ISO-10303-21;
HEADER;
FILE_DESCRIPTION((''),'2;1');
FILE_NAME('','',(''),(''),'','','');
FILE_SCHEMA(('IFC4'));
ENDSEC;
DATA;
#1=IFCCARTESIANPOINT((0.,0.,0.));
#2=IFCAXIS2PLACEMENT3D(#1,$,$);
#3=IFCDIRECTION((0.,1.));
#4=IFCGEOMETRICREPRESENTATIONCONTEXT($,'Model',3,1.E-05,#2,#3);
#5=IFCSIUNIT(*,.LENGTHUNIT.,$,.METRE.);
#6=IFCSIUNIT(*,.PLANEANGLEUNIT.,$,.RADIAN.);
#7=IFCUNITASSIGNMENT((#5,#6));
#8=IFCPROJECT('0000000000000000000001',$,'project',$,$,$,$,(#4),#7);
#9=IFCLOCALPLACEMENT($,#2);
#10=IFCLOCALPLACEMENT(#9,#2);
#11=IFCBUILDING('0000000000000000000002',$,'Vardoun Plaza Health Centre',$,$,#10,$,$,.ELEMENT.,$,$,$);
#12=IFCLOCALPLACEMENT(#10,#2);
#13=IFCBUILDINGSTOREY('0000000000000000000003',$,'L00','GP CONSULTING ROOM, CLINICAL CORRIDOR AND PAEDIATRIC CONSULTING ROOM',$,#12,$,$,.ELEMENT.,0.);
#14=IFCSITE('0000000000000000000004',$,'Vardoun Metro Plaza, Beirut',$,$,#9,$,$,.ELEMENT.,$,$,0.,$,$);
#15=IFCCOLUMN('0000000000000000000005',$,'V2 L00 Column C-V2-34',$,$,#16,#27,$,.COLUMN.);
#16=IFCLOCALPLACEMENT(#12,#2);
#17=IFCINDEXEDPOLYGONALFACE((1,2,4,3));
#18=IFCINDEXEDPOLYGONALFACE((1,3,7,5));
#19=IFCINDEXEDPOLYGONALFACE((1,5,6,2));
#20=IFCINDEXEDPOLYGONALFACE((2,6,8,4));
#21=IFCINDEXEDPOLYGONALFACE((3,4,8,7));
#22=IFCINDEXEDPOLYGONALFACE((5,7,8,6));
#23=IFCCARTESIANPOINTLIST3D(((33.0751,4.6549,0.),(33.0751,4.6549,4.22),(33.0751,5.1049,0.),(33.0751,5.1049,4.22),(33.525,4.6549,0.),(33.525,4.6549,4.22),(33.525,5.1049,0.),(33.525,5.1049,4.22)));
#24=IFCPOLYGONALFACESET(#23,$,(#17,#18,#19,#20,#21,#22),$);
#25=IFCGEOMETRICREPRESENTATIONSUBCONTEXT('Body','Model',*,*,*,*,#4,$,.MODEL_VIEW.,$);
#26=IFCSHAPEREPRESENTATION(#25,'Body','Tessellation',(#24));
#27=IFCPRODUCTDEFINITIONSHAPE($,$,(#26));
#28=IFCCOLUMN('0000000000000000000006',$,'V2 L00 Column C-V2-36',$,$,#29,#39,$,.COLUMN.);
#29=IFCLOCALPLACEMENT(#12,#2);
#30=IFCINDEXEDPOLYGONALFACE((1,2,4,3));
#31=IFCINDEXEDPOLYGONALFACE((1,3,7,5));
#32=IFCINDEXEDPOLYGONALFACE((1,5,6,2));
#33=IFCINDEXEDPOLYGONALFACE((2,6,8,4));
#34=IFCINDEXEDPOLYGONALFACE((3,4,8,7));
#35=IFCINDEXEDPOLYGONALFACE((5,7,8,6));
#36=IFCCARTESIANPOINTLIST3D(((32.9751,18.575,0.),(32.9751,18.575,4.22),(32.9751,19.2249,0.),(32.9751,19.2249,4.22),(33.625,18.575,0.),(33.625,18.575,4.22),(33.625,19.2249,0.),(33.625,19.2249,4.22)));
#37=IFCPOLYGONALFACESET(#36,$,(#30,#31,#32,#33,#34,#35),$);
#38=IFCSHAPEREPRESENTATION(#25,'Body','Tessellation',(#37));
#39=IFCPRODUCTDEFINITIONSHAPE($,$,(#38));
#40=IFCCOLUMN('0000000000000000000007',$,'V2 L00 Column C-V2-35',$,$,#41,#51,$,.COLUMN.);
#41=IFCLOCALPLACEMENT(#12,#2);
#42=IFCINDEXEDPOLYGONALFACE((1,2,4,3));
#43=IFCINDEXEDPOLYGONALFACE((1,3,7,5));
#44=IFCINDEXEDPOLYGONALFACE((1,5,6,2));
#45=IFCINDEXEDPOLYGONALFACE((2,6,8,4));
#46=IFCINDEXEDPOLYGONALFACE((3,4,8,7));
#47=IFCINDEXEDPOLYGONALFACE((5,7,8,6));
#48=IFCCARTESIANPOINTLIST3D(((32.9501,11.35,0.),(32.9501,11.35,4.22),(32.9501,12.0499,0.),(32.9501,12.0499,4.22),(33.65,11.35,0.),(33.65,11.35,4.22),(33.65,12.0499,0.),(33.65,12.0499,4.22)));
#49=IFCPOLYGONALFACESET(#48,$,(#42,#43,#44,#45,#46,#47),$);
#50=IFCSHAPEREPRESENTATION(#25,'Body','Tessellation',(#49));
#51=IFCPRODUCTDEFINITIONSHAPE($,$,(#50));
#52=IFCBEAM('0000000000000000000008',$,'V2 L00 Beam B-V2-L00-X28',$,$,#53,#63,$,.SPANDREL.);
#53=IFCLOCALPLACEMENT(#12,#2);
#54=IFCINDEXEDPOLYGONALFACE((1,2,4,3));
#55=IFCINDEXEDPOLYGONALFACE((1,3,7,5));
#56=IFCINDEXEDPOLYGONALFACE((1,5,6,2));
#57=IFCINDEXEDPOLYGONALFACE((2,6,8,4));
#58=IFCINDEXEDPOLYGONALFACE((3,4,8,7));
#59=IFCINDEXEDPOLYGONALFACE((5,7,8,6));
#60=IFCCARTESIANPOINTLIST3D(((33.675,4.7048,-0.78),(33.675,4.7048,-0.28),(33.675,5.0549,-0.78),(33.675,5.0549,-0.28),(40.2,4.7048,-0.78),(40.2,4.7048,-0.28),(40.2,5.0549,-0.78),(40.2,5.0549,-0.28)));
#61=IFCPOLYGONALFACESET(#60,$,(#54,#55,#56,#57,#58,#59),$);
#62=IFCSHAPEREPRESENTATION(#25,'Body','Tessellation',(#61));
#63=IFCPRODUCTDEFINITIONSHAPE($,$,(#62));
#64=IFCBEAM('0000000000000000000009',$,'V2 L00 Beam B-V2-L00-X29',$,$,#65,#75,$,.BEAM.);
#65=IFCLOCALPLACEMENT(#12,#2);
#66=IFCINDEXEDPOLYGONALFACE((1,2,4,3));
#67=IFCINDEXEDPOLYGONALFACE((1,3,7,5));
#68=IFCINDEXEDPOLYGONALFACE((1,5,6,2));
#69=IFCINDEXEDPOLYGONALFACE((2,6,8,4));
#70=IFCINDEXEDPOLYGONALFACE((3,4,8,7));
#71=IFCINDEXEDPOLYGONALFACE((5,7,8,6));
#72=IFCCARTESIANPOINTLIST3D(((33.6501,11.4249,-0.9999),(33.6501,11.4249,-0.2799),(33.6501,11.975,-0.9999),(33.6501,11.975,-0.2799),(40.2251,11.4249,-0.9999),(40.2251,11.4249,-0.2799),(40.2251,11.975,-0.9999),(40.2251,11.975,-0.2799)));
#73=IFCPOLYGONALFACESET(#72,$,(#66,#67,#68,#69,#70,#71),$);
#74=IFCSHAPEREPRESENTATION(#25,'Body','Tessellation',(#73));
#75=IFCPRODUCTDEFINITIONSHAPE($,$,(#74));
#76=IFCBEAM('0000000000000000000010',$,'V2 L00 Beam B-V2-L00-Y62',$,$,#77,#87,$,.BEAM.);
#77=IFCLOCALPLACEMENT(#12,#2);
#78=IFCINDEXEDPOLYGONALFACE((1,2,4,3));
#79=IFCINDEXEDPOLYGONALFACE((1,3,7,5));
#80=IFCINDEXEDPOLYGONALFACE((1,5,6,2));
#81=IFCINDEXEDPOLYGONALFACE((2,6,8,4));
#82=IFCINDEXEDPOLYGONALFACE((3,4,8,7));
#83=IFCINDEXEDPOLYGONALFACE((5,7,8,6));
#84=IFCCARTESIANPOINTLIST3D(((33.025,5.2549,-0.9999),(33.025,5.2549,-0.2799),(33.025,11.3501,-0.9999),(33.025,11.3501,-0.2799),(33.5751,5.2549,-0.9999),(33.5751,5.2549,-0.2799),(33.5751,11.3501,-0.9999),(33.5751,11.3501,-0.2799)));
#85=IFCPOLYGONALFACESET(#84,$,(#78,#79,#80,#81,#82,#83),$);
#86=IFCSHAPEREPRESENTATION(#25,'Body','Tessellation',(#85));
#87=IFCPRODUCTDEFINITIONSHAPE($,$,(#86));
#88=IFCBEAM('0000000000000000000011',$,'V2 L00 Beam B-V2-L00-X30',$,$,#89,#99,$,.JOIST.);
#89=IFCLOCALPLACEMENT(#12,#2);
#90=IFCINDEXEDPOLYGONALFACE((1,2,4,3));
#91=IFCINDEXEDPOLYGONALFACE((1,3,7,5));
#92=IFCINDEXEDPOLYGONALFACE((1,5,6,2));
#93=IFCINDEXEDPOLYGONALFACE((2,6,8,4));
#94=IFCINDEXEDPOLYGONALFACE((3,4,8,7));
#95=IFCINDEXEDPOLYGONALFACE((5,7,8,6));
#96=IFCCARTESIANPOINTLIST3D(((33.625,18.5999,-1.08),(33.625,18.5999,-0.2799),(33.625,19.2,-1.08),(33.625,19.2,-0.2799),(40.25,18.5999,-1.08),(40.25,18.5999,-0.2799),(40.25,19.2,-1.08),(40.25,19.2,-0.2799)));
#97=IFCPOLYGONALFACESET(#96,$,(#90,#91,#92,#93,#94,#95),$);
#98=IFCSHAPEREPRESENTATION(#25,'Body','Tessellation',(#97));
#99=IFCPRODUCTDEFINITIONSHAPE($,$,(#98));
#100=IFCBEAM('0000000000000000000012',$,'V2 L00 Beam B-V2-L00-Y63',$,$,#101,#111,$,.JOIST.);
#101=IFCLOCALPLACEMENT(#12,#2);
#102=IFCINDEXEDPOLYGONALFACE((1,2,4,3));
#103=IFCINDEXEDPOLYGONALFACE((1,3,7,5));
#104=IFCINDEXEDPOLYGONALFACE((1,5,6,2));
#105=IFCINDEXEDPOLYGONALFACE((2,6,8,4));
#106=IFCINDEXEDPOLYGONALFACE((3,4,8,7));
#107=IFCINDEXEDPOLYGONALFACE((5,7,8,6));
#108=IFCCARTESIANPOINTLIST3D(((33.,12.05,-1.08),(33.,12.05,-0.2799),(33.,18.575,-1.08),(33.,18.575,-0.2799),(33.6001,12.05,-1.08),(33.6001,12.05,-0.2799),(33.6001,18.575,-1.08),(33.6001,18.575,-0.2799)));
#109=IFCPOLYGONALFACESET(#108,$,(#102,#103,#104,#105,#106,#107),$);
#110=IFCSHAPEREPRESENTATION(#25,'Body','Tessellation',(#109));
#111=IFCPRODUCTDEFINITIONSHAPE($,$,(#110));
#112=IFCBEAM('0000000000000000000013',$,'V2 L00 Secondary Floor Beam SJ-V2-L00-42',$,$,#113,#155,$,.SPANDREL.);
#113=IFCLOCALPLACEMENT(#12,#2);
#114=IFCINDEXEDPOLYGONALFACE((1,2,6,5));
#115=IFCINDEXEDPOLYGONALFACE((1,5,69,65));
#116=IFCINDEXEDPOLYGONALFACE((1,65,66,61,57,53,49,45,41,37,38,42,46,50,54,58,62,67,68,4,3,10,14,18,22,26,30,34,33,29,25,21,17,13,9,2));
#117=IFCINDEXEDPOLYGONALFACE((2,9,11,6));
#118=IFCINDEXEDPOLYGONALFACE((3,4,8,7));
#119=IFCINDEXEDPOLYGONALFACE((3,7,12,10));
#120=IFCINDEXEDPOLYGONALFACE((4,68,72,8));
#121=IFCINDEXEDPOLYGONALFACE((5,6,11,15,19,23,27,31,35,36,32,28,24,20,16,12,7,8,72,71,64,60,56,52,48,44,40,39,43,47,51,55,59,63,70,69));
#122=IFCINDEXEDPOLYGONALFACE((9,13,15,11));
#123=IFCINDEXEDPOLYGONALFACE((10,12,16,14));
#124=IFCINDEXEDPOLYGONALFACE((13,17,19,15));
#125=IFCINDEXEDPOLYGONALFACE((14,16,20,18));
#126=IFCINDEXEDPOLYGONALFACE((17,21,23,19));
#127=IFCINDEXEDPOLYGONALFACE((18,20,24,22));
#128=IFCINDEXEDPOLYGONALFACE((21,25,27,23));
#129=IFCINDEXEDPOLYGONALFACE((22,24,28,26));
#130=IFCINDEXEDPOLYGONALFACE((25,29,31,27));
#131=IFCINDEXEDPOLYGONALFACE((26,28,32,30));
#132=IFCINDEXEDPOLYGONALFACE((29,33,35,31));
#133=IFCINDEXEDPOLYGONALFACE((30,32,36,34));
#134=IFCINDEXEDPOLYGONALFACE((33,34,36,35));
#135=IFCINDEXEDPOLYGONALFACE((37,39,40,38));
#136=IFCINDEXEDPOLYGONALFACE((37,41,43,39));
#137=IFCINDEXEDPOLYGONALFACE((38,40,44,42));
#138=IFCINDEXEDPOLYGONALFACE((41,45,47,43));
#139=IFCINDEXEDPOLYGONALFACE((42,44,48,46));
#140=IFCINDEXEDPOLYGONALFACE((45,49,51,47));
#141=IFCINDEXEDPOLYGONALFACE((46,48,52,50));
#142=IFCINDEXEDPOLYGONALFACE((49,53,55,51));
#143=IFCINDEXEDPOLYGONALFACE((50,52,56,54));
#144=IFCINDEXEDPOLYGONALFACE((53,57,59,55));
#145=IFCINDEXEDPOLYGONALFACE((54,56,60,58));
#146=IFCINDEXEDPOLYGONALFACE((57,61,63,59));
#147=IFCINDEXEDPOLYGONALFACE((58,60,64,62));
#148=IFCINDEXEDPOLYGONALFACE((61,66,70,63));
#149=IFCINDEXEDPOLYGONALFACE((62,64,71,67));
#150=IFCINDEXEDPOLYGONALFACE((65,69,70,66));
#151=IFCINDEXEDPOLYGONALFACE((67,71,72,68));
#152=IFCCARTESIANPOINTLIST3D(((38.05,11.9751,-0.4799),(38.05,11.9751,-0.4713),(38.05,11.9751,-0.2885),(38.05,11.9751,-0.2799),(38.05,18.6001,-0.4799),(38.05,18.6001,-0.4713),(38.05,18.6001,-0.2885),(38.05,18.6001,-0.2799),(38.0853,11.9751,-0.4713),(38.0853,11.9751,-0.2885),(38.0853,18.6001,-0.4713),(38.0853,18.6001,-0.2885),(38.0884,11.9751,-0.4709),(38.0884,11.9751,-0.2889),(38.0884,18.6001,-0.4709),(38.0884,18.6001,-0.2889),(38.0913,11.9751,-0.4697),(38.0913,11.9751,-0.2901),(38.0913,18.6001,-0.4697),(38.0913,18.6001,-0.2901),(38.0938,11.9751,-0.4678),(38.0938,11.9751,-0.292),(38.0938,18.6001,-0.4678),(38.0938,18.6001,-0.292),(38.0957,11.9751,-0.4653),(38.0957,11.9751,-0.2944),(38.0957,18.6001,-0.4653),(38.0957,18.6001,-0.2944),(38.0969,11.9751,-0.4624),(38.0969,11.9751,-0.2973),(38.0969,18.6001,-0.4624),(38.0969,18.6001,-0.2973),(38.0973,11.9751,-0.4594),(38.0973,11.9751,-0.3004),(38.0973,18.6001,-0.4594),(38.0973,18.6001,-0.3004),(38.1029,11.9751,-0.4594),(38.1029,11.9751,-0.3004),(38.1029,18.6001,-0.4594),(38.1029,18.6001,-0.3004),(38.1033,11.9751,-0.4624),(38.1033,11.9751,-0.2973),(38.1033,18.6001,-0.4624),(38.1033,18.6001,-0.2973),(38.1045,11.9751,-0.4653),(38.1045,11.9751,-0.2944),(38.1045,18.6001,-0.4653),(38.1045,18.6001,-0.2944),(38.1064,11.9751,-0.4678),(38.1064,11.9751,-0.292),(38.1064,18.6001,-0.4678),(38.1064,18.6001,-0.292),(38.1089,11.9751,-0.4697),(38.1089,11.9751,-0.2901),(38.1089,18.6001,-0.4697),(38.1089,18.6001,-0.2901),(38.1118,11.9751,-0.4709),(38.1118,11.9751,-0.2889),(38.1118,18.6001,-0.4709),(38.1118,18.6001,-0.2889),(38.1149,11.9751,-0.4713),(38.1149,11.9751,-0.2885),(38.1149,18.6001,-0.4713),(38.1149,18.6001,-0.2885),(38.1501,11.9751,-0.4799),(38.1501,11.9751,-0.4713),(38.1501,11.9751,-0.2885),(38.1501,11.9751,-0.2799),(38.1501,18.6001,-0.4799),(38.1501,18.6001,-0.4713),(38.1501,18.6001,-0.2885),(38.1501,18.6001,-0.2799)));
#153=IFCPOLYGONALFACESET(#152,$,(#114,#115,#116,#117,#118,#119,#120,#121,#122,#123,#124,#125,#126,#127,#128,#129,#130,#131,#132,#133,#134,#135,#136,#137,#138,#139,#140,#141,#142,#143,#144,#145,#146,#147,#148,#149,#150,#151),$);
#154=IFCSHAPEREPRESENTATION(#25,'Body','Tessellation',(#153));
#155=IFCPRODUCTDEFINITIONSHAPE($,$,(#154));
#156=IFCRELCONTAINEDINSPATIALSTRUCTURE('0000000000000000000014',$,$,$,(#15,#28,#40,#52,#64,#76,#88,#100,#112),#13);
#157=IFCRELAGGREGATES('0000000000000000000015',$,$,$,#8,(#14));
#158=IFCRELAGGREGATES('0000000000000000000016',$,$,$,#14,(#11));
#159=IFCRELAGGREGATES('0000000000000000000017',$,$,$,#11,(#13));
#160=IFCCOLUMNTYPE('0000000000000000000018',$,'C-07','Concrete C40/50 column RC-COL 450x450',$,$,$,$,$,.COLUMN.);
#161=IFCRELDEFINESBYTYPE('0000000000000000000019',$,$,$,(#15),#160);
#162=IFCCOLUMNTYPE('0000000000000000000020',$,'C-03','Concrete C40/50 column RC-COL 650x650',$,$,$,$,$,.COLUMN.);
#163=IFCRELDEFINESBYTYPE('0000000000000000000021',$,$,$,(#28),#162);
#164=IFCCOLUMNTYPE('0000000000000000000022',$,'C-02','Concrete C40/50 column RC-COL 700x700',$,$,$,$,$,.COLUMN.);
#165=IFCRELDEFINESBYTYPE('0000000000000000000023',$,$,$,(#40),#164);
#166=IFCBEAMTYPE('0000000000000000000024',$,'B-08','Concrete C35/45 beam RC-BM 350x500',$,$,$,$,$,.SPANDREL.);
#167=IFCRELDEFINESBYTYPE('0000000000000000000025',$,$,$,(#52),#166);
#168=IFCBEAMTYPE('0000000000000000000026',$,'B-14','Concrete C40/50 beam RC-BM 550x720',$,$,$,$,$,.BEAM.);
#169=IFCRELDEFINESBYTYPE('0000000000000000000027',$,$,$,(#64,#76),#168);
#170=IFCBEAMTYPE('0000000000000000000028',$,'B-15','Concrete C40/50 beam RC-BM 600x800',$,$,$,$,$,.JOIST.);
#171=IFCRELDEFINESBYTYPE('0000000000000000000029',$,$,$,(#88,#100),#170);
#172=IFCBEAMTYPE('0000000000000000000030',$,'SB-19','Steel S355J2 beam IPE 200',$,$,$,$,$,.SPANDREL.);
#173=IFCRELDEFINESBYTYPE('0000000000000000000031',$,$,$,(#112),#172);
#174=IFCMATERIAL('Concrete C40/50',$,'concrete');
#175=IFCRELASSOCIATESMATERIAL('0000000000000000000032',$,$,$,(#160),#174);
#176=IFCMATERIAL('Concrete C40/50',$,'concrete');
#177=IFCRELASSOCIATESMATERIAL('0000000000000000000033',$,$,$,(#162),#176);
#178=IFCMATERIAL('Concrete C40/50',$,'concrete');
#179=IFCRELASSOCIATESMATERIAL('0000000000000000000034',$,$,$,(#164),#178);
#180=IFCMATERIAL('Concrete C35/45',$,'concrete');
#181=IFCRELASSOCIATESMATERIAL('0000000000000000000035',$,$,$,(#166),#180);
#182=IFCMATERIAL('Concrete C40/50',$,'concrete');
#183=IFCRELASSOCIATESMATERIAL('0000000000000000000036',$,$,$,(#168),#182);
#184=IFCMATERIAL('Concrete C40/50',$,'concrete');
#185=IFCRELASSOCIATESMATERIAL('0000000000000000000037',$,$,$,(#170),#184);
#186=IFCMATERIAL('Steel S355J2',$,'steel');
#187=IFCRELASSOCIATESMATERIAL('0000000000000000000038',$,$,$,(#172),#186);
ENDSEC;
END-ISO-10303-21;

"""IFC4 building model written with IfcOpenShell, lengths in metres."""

from ifc_helpers import new_model, si_unit, direction, frame, origin, origin_2d, place, context, subcontext, project, spatial, rectangle, i_section, extrude, material, material_profile, profile_set, type_object, element, save


model = new_model("IFC4")

# Units and contexts
model_context = context("Model", 3, precision=1e-05, world=origin(), true_north=direction((0.0, 1.0)))
body_context = subcontext(model_context, "Body", "Model", "MODEL_VIEW")
ifc_project = project(units=[si_unit("LENGTHUNIT", "METRE"), si_unit("PLANEANGLEUNIT", "RADIAN")], contexts=[model_context])

# Site, building, storey
site_placement = place(None, origin())
site = spatial("IfcSite", under=ifc_project, at=site_placement, Name="Vardoun Metro Plaza, Beirut", CompositionType="ELEMENT", RefElevation=0.0)
building_placement = place(site_placement, origin())
building = spatial("IfcBuilding", under=site, at=building_placement, Name="Vardoun Plaza Health Centre", CompositionType="ELEMENT")
storey_placement = place(building_placement, origin())
storey = spatial("IfcBuildingStorey", under=building, at=storey_placement, Name="L00", Description="GP CONSULTING ROOM, CLINICAL CORRIDOR AND PAEDIATRIC CONSULTING ROOM", CompositionType="ELEMENT", Elevation=0.0)

# Columns
ifc_material_1 = material(Name="Concrete C40/50", Category="concrete")
ifc_material_profile_1 = material_profile(ifc_material_1, rectangle(XDim=0.45, YDim=0.45, at=origin_2d()), Name="RC-COL 450x450")
ifc_profile_set_1 = profile_set([ifc_material_profile_1], Name="Concrete C40/50")
column_type_1 = type_object("IfcColumnType", Name="C-07", Description="Concrete C40/50 column RC-COL 450x450", PredefinedType="COLUMN", material=ifc_profile_set_1)
column_1_placement = place(storey_placement, frame((33.3, 4.8799, 0.0), z_axis=(0.0, 0.0, 1.0), x_axis=(1.0, 0.0, 0.0)))
element("IfcColumn", 1, at=column_1_placement, inside=storey, type_object=column_type_1, Name="V2 L00 Column C-V2-34", PredefinedType="COLUMN", context=body_context, shape_type="SweptSolid", body=[
    extrude(rectangle(XDim=0.45, YDim=0.45, at=origin_2d()), origin(), (0.0, 0.0, 1.0), 4.22),
])
ifc_material_2 = material(Name="Concrete C40/50", Category="concrete")
ifc_material_profile_2 = material_profile(ifc_material_2, rectangle(XDim=0.6499, YDim=0.6499, at=origin_2d()), Name="RC-COL 650x650")
ifc_profile_set_2 = profile_set([ifc_material_profile_2], Name="Concrete C40/50")
column_type_2 = type_object("IfcColumnType", Name="C-03", Description="Concrete C40/50 column RC-COL 650x650", PredefinedType="COLUMN", material=ifc_profile_set_2)
column_2_placement = place(storey_placement, frame((33.3, 18.8999, 0.0), z_axis=(0.0, 0.0, 1.0), x_axis=(1.0, 0.0, 0.0)))
element("IfcColumn", 2, at=column_2_placement, inside=storey, type_object=column_type_2, Name="V2 L00 Column C-V2-36", PredefinedType="COLUMN", context=body_context, shape_type="SweptSolid", body=[
    extrude(rectangle(XDim=0.6499, YDim=0.6499, at=origin_2d()), origin(), (0.0, 0.0, 1.0), 4.22),
])
ifc_material_3 = material(Name="Concrete C40/50", Category="concrete")
ifc_material_profile_3 = material_profile(ifc_material_3, rectangle(XDim=0.7, YDim=0.7, at=origin_2d()), Name="RC-COL 700x700")
ifc_profile_set_3 = profile_set([ifc_material_profile_3], Name="Concrete C40/50")
column_type_3 = type_object("IfcColumnType", Name="C-02", Description="Concrete C40/50 column RC-COL 700x700", PredefinedType="COLUMN", material=ifc_profile_set_3)
column_3_placement = place(storey_placement, frame((33.3, 11.7, 0.0), z_axis=(0.0, 0.0, 1.0), x_axis=(1.0, 0.0, 0.0)))
element("IfcColumn", 3, at=column_3_placement, inside=storey, type_object=column_type_3, Name="V2 L00 Column C-V2-35", PredefinedType="COLUMN", context=body_context, shape_type="SweptSolid", body=[
    extrude(rectangle(XDim=0.7, YDim=0.7, at=origin_2d()), origin(), (0.0, 0.0, 1.0), 4.22),
])

# Beams
ifc_material_4 = material(Name="Concrete C35/45", Category="concrete")
ifc_material_profile_4 = material_profile(ifc_material_4, rectangle(XDim=0.3501, YDim=0.5, at=origin_2d()), Name="RC-BM 350x500")
ifc_profile_set_4 = profile_set([ifc_material_profile_4], Name="Concrete C35/45")
beam_type_1 = type_object("IfcBeamType", Name="B-08", Description="Concrete C35/45 beam RC-BM 350x500", PredefinedType="SPANDREL", material=ifc_profile_set_4)
beam_1_placement = place(storey_placement, frame((33.675, 4.8799, -0.53), z_axis=(1.0, 0.0, 0.0), x_axis=(0.0, 1.0, 0.0)))
element("IfcBeam", 4, at=beam_1_placement, inside=storey, type_object=beam_type_1, Name="V2 L00 Beam B-V2-L00-X28", PredefinedType="SPANDREL", context=body_context, shape_type="SweptSolid", body=[
    extrude(rectangle(XDim=0.3501, YDim=0.5, at=origin_2d()), origin(), (0.0, 0.0, 1.0), 6.5249),
])
ifc_material_5 = material(Name="Concrete C40/50", Category="concrete")
ifc_material_profile_5 = material_profile(ifc_material_5, rectangle(XDim=0.55, YDim=0.72, at=origin_2d()), Name="RC-BM 550x720")
ifc_profile_set_5 = profile_set([ifc_material_profile_5], Name="Concrete C40/50")
beam_type_2 = type_object("IfcBeamType", Name="B-14", Description="Concrete C40/50 beam RC-BM 550x720", PredefinedType="BEAM", material=ifc_profile_set_5)
beam_2_placement = place(storey_placement, frame((33.6501, 11.7, -0.6399), z_axis=(1.0, 0.0, 0.0), x_axis=(0.0, 1.0, 0.0)))
element("IfcBeam", 5, at=beam_2_placement, inside=storey, type_object=beam_type_2, Name="V2 L00 Beam B-V2-L00-X29", PredefinedType="BEAM", context=body_context, shape_type="SweptSolid", body=[
    extrude(rectangle(XDim=0.55, YDim=0.72, at=origin_2d()), origin(), (0.0, 0.0, 1.0), 6.575),
])
beam_3_placement = place(storey_placement, frame((33.3, 5.2549, -0.6399), z_axis=(0.0, 1.0, 0.0), x_axis=(-1.0, 0.0, 0.0)))
element("IfcBeam", 6, at=beam_3_placement, inside=storey, type_object=beam_type_2, Name="V2 L00 Beam B-V2-L00-Y62", PredefinedType="BEAM", context=body_context, shape_type="SweptSolid", body=[
    extrude(rectangle(XDim=0.55, YDim=0.72, at=origin_2d()), origin(), (0.0, 0.0, 1.0), 6.0952),
])
ifc_material_6 = material(Name="Concrete C40/50", Category="concrete")
ifc_material_profile_6 = material_profile(ifc_material_6, rectangle(XDim=0.6001, YDim=0.8, at=origin_2d()), Name="RC-BM 600x800")
ifc_profile_set_6 = profile_set([ifc_material_profile_6], Name="Concrete C40/50")
beam_type_3 = type_object("IfcBeamType", Name="B-15", Description="Concrete C40/50 beam RC-BM 600x800", PredefinedType="JOIST", material=ifc_profile_set_6)
beam_4_placement = place(storey_placement, frame((33.625, 18.8999, -0.6799), z_axis=(1.0, 0.0, 0.0), x_axis=(0.0, 1.0, 0.0)))
element("IfcBeam", 7, at=beam_4_placement, inside=storey, type_object=beam_type_3, Name="V2 L00 Beam B-V2-L00-X30", PredefinedType="JOIST", context=body_context, shape_type="SweptSolid", body=[
    extrude(rectangle(XDim=0.6001, YDim=0.8, at=origin_2d()), origin(), (0.0, 0.0, 1.0), 6.625),
])
beam_5_placement = place(storey_placement, frame((33.3, 12.05, -0.6799), z_axis=(0.0, 1.0, 0.0), x_axis=(-1.0, 0.0, 0.0)))
element("IfcBeam", 8, at=beam_5_placement, inside=storey, type_object=beam_type_3, Name="V2 L00 Beam B-V2-L00-Y63", PredefinedType="JOIST", context=body_context, shape_type="SweptSolid", body=[
    extrude(rectangle(XDim=0.6001, YDim=0.8, at=origin_2d()), origin(), (0.0, 0.0, 1.0), 6.5249),
])
ifc_material_7 = material(Name="Steel S355J2", Category="steel")
ifc_material_profile_7 = material_profile(ifc_material_7, i_section(OverallWidth=0.1001, OverallDepth=0.2, WebThickness=0.0056, FlangeThickness=0.0085, FilletRadius=0.012, at=origin_2d()), Name="IPE 200")
ifc_profile_set_7 = profile_set([ifc_material_profile_7], Name="Steel S355J2")
beam_type_4 = type_object("IfcBeamType", Name="SB-19", Description="Steel S355J2 beam IPE 200", PredefinedType="SPANDREL", material=ifc_profile_set_7)
beam_6_placement = place(storey_placement, frame((38.1001, 11.9751, -0.3799), z_axis=(0.0, 1.0, 0.0), x_axis=(-1.0, 0.0, 0.0)))
element("IfcBeam", 9, at=beam_6_placement, inside=storey, type_object=beam_type_4, Name="V2 L00 Secondary Floor Beam SJ-V2-L00-42", PredefinedType="SPANDREL", context=body_context, shape_type="SweptSolid", body=[
    extrude(i_section(OverallWidth=0.1001, OverallDepth=0.2, WebThickness=0.0056, FlangeThickness=0.0085, FilletRadius=0.012, at=origin_2d()), origin(), (0.0, 0.0, 1.0), 6.625),
])

save(model, "model.ifc")
